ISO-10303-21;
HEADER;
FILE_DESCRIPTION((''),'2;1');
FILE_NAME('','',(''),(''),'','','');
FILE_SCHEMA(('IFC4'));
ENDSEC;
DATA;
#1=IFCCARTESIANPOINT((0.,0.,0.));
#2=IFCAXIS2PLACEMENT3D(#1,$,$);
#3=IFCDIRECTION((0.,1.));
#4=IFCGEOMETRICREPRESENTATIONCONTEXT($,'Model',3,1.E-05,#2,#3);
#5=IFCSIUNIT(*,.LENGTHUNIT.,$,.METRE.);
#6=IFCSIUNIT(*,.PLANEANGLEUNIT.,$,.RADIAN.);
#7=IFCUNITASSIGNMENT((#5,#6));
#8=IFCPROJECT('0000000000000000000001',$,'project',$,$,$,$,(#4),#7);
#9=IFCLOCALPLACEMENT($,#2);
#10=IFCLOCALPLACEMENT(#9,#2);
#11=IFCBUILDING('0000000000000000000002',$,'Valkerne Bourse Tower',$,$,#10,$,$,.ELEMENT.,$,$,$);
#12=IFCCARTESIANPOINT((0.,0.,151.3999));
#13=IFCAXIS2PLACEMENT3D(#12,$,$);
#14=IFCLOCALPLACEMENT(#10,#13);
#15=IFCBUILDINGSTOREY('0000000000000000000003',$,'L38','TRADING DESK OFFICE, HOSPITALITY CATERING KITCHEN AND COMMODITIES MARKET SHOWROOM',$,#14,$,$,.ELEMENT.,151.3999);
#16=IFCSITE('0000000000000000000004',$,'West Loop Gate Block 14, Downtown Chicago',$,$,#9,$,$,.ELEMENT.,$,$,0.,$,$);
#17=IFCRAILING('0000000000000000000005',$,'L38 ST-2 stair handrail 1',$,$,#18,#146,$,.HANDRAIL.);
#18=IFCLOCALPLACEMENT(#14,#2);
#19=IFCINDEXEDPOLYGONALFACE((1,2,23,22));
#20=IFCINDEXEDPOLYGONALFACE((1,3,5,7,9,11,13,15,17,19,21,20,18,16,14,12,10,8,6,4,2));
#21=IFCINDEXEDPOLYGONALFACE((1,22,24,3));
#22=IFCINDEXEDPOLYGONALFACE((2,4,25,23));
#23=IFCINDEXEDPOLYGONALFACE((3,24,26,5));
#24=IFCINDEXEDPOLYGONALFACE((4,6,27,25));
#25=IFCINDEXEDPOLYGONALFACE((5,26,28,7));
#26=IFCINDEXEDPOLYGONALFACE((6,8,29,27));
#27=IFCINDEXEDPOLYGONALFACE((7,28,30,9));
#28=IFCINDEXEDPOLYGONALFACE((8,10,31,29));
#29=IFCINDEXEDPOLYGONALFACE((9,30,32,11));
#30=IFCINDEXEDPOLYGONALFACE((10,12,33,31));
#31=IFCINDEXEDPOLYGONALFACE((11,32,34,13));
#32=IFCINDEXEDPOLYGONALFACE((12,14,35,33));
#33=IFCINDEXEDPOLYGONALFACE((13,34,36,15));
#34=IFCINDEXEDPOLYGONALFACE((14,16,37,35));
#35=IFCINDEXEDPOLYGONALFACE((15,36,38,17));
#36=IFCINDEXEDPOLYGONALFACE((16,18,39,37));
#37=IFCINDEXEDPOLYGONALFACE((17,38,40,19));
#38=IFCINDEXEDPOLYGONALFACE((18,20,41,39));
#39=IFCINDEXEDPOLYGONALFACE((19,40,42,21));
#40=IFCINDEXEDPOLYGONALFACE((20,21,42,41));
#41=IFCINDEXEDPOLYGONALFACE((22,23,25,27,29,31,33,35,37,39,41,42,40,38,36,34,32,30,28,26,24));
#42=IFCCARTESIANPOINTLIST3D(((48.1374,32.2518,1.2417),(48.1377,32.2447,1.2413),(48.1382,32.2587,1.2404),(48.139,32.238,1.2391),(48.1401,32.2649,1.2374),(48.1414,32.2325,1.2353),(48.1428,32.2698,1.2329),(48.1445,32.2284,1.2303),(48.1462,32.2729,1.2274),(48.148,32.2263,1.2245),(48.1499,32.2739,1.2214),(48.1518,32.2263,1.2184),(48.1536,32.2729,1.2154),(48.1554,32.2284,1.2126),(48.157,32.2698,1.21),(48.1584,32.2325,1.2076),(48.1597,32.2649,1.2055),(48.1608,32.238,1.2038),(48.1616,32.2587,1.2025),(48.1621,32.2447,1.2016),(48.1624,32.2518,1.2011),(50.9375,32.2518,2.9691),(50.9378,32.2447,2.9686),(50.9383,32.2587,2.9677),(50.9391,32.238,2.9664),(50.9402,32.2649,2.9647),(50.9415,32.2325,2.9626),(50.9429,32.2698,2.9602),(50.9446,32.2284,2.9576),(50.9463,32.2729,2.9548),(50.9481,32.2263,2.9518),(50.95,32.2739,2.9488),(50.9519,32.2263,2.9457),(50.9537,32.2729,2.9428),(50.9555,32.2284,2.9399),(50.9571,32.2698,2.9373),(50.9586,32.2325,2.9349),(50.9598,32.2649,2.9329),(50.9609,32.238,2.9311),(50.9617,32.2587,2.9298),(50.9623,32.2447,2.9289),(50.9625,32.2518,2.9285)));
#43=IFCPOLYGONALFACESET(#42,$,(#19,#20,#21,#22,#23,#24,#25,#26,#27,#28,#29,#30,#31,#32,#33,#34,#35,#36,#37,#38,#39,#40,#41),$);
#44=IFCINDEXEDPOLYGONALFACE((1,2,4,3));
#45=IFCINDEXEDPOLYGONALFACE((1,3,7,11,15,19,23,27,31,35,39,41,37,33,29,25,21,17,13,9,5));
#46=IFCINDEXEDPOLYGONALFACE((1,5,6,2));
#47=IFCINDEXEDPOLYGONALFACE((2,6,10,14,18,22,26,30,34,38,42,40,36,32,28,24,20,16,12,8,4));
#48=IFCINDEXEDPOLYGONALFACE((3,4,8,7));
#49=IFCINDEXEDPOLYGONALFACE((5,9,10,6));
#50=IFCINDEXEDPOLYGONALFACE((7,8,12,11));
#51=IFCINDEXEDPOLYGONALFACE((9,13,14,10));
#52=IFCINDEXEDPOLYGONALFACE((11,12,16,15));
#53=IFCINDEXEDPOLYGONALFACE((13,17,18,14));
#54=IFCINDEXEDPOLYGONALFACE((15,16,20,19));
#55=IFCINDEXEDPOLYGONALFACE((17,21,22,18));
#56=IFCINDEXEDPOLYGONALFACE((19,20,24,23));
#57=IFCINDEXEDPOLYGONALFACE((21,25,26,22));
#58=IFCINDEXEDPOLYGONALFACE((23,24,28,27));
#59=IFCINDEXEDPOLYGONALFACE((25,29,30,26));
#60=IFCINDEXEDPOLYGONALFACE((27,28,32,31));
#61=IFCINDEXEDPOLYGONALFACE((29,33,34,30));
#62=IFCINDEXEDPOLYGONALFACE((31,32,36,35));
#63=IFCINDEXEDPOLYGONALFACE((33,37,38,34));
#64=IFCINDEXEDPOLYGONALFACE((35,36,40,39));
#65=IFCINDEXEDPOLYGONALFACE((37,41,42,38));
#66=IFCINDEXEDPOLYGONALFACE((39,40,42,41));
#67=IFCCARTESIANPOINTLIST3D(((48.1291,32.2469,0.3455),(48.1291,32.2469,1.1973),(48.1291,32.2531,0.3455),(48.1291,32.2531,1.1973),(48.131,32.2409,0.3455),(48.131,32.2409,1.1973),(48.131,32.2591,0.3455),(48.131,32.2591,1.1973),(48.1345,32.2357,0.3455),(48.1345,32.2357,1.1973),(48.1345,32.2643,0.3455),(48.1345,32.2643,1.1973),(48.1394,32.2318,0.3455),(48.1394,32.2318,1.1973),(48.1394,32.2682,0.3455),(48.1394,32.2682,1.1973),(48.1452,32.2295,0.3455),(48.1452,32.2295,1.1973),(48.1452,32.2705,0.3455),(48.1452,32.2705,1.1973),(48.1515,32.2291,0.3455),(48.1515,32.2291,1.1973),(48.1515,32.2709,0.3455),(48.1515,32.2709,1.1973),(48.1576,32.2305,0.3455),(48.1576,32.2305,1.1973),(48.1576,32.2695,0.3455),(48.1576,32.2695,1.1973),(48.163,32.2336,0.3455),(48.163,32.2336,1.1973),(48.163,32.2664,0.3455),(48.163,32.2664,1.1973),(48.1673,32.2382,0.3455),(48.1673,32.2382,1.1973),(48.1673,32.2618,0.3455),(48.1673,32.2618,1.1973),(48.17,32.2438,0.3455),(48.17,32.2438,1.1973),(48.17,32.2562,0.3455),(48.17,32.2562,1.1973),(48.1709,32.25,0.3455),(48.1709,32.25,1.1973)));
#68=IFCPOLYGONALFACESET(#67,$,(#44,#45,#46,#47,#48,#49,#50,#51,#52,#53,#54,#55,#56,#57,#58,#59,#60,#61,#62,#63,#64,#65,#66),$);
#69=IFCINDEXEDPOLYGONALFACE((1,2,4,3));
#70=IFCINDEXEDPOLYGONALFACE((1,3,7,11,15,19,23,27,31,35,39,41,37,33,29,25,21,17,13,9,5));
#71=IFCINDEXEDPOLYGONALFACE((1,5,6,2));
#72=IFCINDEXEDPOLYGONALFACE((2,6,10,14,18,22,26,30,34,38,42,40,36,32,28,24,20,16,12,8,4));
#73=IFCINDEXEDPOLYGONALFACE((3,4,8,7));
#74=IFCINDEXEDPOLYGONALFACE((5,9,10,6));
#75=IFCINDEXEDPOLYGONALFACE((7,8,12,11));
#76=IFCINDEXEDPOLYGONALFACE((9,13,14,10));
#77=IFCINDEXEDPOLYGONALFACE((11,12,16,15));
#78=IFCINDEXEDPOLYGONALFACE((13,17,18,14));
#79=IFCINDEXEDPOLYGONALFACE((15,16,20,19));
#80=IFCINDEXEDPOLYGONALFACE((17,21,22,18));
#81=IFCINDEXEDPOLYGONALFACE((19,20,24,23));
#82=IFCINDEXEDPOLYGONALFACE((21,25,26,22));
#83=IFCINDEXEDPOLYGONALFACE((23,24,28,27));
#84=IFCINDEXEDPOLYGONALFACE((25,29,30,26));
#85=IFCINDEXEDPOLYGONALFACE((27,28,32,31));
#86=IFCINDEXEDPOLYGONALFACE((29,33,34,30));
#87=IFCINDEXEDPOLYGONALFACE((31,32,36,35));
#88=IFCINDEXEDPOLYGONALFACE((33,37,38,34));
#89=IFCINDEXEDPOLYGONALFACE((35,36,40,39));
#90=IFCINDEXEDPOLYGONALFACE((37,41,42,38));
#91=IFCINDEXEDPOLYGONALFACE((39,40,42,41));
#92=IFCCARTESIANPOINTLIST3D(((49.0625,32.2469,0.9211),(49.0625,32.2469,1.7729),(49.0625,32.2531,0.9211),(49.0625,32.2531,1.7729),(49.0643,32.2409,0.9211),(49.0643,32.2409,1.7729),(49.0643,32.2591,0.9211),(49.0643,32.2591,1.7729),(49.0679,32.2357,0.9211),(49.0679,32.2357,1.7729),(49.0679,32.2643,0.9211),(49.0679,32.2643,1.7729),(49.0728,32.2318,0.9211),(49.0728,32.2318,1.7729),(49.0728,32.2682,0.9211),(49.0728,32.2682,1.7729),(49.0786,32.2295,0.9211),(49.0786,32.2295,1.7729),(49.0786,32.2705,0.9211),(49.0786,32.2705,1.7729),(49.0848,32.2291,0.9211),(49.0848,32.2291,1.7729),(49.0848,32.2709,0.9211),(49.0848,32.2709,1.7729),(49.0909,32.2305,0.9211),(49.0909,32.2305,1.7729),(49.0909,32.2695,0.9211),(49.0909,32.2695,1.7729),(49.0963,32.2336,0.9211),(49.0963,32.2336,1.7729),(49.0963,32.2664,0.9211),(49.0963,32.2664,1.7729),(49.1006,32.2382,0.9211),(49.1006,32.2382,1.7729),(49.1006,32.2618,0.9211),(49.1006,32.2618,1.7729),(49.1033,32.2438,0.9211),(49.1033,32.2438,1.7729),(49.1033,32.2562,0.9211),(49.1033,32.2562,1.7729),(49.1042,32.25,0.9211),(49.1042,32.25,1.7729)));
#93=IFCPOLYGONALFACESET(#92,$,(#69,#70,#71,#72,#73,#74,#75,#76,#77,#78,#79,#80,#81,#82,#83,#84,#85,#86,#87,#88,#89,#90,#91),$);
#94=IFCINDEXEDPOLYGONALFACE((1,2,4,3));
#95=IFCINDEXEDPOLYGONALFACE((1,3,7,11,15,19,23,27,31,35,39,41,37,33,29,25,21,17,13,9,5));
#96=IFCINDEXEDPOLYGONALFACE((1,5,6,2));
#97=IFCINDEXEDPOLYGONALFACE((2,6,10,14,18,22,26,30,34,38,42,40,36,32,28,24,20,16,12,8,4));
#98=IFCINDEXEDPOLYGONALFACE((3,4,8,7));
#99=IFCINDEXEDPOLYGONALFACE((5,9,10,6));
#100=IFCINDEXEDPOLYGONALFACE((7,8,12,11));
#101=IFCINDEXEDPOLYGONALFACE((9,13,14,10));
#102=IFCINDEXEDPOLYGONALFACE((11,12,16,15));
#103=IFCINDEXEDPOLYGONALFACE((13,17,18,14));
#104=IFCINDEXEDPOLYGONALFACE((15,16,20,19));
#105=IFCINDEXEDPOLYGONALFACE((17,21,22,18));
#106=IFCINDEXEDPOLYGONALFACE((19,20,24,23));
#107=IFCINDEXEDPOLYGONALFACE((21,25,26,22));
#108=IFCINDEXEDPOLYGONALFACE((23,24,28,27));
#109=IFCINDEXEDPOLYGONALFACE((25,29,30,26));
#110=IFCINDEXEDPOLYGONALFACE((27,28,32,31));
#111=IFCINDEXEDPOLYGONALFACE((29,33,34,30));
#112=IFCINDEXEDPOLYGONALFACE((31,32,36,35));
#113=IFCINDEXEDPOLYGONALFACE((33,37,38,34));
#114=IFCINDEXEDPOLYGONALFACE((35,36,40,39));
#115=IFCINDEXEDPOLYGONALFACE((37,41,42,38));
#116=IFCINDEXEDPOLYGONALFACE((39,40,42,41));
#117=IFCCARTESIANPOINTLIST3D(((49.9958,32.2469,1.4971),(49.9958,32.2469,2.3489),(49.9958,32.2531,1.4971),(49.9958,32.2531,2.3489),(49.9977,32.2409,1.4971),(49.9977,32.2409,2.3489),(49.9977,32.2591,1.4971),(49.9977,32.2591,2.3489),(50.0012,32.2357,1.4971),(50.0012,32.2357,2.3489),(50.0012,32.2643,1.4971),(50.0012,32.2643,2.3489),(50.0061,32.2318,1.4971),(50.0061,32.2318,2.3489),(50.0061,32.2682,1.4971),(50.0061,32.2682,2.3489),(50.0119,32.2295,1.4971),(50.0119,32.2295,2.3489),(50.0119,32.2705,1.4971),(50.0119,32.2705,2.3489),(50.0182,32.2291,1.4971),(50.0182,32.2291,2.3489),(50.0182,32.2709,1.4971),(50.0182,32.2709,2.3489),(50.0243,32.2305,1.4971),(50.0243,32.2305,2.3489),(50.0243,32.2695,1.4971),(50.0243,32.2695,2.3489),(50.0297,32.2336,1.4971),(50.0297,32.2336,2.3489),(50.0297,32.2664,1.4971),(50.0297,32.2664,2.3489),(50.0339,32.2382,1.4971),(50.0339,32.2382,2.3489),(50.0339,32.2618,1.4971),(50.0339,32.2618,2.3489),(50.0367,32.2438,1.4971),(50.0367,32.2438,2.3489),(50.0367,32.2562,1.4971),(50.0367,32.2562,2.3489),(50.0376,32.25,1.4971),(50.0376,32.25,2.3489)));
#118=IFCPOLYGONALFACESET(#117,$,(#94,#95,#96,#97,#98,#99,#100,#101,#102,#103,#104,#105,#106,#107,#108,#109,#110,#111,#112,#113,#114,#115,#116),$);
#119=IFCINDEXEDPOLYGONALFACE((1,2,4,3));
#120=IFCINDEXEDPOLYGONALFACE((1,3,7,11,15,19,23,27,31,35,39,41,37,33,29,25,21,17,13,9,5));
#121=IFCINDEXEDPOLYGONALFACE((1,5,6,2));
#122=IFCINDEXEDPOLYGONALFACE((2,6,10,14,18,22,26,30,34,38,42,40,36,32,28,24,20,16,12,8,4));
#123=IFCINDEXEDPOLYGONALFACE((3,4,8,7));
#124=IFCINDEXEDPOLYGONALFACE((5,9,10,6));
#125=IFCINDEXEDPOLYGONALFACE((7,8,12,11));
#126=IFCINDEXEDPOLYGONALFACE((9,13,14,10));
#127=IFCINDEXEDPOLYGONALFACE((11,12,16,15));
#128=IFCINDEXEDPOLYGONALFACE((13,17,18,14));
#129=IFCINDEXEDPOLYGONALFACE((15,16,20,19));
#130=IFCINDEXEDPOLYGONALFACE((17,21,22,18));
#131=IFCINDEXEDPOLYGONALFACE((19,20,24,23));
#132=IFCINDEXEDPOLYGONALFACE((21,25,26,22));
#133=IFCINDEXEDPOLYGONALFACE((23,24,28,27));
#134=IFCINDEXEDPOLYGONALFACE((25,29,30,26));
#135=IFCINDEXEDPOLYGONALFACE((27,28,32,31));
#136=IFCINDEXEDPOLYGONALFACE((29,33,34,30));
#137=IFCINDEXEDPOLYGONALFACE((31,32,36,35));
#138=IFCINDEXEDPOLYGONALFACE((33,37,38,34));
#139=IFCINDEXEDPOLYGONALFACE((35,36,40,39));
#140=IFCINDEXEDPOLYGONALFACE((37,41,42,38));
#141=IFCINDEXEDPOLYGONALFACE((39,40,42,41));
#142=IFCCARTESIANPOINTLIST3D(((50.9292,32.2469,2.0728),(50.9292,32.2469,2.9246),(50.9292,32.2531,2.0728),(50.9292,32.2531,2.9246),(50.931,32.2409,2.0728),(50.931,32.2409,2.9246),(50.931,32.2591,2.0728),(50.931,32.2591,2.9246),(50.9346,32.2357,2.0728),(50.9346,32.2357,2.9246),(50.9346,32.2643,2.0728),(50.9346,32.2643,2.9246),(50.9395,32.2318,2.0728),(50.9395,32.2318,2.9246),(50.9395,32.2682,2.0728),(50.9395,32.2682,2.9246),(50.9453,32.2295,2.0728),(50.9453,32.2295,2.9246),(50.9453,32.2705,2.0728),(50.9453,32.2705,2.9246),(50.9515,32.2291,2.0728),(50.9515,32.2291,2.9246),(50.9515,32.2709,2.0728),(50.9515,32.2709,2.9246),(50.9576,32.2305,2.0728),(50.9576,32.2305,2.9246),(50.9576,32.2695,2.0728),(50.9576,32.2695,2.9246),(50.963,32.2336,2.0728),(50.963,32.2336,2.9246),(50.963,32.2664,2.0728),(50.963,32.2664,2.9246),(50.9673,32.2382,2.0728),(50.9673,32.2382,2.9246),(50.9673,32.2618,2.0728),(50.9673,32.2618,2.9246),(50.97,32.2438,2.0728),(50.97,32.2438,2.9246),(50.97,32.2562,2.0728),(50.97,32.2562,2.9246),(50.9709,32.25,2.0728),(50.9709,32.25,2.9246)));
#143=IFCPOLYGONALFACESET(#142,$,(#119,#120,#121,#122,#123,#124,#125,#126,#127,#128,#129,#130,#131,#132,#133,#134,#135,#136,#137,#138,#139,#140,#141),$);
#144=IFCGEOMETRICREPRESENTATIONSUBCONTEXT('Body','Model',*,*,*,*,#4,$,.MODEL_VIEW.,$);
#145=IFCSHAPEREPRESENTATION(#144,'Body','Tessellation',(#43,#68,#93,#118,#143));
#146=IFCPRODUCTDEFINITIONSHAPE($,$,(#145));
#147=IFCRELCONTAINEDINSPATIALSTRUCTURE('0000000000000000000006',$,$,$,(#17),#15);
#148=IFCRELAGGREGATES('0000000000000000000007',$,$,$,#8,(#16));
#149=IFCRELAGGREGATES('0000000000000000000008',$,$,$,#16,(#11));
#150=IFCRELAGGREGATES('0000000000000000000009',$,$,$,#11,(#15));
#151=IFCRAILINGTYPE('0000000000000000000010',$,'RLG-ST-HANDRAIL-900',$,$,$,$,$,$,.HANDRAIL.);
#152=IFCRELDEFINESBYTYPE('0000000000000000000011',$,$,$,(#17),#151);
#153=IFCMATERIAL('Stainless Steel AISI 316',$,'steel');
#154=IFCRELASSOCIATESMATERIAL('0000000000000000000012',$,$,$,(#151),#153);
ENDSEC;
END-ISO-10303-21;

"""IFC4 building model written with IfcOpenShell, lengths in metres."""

from ifc_helpers import new_model, si_unit, direction, frame, origin, origin_2d, place, context, subcontext, project, spatial, circle, extrude, material, type_object, element, save


model = new_model("IFC4")

# Units and contexts
model_context = context("Model", 3, precision=1e-05, world=origin(), true_north=direction((0.0, 1.0)))
body_context = subcontext(model_context, "Body", "Model", "MODEL_VIEW")
ifc_project = project(units=[si_unit("LENGTHUNIT", "METRE"), si_unit("PLANEANGLEUNIT", "RADIAN")], contexts=[model_context])

# Site, building, storey
site_placement = place(None, origin())
site = spatial("IfcSite", under=ifc_project, at=site_placement, Name="West Loop Gate Block 14, Downtown Chicago", CompositionType="ELEMENT", RefElevation=0.0)
building_placement = place(site_placement, origin())
building = spatial("IfcBuilding", under=site, at=building_placement, Name="Valkerne Bourse Tower", CompositionType="ELEMENT")
storey_placement = place(building_placement, frame((0.0, 0.0, 151.3999)))
storey = spatial("IfcBuildingStorey", under=building, at=storey_placement, Name="L38", Description="TRADING DESK OFFICE, HOSPITALITY CATERING KITCHEN AND COMMODITIES MARKET SHOWROOM", CompositionType="ELEMENT", Elevation=151.3999)

# Shared definitions
ifc_material_1 = material(Name="Stainless Steel AISI 316", Category="steel")

# Railing
railing_type_1 = type_object("IfcRailingType", Name="RLG-ST-HANDRAIL-900", PredefinedType="HANDRAIL", material=ifc_material_1)
railing_1_placement = place(storey_placement, frame((48.1499, 32.25, 0.3455)))
element("IfcRailing", 1, at=railing_1_placement, inside=storey, type_object=railing_type_1, Name="L38 ST-2 stair handrail 1", PredefinedType="HANDRAIL", context=body_context, shape_type="SweptSolid", body=[
    extrude(circle(Radius=0.0239, at=origin_2d()), frame((0.0, 0.0, 0.876), z_axis=(0.85109, 0.0, 0.52502), x_axis=(0.0, 1.0, 0.0)), (0.0, 0.0, 1.0), 3.29),
    extrude(circle(Radius=0.021, at=origin_2d()), origin(), (0.0, 0.0, 1.0), 0.8518),
    extrude(circle(Radius=0.021, at=origin_2d()), frame((0.9333, 0.0, 0.5757)), (0.0, 0.0, 1.0), 0.8518),
    extrude(circle(Radius=0.021, at=origin_2d()), frame((1.8667, 0.0, 1.1516)), (0.0, 0.0, 1.0), 0.8518),
    extrude(circle(Radius=0.021, at=origin_2d()), frame((2.8, 0.0, 1.7273)), (0.0, 0.0, 1.0), 0.8518),
])

save(model, "model.ifc")
